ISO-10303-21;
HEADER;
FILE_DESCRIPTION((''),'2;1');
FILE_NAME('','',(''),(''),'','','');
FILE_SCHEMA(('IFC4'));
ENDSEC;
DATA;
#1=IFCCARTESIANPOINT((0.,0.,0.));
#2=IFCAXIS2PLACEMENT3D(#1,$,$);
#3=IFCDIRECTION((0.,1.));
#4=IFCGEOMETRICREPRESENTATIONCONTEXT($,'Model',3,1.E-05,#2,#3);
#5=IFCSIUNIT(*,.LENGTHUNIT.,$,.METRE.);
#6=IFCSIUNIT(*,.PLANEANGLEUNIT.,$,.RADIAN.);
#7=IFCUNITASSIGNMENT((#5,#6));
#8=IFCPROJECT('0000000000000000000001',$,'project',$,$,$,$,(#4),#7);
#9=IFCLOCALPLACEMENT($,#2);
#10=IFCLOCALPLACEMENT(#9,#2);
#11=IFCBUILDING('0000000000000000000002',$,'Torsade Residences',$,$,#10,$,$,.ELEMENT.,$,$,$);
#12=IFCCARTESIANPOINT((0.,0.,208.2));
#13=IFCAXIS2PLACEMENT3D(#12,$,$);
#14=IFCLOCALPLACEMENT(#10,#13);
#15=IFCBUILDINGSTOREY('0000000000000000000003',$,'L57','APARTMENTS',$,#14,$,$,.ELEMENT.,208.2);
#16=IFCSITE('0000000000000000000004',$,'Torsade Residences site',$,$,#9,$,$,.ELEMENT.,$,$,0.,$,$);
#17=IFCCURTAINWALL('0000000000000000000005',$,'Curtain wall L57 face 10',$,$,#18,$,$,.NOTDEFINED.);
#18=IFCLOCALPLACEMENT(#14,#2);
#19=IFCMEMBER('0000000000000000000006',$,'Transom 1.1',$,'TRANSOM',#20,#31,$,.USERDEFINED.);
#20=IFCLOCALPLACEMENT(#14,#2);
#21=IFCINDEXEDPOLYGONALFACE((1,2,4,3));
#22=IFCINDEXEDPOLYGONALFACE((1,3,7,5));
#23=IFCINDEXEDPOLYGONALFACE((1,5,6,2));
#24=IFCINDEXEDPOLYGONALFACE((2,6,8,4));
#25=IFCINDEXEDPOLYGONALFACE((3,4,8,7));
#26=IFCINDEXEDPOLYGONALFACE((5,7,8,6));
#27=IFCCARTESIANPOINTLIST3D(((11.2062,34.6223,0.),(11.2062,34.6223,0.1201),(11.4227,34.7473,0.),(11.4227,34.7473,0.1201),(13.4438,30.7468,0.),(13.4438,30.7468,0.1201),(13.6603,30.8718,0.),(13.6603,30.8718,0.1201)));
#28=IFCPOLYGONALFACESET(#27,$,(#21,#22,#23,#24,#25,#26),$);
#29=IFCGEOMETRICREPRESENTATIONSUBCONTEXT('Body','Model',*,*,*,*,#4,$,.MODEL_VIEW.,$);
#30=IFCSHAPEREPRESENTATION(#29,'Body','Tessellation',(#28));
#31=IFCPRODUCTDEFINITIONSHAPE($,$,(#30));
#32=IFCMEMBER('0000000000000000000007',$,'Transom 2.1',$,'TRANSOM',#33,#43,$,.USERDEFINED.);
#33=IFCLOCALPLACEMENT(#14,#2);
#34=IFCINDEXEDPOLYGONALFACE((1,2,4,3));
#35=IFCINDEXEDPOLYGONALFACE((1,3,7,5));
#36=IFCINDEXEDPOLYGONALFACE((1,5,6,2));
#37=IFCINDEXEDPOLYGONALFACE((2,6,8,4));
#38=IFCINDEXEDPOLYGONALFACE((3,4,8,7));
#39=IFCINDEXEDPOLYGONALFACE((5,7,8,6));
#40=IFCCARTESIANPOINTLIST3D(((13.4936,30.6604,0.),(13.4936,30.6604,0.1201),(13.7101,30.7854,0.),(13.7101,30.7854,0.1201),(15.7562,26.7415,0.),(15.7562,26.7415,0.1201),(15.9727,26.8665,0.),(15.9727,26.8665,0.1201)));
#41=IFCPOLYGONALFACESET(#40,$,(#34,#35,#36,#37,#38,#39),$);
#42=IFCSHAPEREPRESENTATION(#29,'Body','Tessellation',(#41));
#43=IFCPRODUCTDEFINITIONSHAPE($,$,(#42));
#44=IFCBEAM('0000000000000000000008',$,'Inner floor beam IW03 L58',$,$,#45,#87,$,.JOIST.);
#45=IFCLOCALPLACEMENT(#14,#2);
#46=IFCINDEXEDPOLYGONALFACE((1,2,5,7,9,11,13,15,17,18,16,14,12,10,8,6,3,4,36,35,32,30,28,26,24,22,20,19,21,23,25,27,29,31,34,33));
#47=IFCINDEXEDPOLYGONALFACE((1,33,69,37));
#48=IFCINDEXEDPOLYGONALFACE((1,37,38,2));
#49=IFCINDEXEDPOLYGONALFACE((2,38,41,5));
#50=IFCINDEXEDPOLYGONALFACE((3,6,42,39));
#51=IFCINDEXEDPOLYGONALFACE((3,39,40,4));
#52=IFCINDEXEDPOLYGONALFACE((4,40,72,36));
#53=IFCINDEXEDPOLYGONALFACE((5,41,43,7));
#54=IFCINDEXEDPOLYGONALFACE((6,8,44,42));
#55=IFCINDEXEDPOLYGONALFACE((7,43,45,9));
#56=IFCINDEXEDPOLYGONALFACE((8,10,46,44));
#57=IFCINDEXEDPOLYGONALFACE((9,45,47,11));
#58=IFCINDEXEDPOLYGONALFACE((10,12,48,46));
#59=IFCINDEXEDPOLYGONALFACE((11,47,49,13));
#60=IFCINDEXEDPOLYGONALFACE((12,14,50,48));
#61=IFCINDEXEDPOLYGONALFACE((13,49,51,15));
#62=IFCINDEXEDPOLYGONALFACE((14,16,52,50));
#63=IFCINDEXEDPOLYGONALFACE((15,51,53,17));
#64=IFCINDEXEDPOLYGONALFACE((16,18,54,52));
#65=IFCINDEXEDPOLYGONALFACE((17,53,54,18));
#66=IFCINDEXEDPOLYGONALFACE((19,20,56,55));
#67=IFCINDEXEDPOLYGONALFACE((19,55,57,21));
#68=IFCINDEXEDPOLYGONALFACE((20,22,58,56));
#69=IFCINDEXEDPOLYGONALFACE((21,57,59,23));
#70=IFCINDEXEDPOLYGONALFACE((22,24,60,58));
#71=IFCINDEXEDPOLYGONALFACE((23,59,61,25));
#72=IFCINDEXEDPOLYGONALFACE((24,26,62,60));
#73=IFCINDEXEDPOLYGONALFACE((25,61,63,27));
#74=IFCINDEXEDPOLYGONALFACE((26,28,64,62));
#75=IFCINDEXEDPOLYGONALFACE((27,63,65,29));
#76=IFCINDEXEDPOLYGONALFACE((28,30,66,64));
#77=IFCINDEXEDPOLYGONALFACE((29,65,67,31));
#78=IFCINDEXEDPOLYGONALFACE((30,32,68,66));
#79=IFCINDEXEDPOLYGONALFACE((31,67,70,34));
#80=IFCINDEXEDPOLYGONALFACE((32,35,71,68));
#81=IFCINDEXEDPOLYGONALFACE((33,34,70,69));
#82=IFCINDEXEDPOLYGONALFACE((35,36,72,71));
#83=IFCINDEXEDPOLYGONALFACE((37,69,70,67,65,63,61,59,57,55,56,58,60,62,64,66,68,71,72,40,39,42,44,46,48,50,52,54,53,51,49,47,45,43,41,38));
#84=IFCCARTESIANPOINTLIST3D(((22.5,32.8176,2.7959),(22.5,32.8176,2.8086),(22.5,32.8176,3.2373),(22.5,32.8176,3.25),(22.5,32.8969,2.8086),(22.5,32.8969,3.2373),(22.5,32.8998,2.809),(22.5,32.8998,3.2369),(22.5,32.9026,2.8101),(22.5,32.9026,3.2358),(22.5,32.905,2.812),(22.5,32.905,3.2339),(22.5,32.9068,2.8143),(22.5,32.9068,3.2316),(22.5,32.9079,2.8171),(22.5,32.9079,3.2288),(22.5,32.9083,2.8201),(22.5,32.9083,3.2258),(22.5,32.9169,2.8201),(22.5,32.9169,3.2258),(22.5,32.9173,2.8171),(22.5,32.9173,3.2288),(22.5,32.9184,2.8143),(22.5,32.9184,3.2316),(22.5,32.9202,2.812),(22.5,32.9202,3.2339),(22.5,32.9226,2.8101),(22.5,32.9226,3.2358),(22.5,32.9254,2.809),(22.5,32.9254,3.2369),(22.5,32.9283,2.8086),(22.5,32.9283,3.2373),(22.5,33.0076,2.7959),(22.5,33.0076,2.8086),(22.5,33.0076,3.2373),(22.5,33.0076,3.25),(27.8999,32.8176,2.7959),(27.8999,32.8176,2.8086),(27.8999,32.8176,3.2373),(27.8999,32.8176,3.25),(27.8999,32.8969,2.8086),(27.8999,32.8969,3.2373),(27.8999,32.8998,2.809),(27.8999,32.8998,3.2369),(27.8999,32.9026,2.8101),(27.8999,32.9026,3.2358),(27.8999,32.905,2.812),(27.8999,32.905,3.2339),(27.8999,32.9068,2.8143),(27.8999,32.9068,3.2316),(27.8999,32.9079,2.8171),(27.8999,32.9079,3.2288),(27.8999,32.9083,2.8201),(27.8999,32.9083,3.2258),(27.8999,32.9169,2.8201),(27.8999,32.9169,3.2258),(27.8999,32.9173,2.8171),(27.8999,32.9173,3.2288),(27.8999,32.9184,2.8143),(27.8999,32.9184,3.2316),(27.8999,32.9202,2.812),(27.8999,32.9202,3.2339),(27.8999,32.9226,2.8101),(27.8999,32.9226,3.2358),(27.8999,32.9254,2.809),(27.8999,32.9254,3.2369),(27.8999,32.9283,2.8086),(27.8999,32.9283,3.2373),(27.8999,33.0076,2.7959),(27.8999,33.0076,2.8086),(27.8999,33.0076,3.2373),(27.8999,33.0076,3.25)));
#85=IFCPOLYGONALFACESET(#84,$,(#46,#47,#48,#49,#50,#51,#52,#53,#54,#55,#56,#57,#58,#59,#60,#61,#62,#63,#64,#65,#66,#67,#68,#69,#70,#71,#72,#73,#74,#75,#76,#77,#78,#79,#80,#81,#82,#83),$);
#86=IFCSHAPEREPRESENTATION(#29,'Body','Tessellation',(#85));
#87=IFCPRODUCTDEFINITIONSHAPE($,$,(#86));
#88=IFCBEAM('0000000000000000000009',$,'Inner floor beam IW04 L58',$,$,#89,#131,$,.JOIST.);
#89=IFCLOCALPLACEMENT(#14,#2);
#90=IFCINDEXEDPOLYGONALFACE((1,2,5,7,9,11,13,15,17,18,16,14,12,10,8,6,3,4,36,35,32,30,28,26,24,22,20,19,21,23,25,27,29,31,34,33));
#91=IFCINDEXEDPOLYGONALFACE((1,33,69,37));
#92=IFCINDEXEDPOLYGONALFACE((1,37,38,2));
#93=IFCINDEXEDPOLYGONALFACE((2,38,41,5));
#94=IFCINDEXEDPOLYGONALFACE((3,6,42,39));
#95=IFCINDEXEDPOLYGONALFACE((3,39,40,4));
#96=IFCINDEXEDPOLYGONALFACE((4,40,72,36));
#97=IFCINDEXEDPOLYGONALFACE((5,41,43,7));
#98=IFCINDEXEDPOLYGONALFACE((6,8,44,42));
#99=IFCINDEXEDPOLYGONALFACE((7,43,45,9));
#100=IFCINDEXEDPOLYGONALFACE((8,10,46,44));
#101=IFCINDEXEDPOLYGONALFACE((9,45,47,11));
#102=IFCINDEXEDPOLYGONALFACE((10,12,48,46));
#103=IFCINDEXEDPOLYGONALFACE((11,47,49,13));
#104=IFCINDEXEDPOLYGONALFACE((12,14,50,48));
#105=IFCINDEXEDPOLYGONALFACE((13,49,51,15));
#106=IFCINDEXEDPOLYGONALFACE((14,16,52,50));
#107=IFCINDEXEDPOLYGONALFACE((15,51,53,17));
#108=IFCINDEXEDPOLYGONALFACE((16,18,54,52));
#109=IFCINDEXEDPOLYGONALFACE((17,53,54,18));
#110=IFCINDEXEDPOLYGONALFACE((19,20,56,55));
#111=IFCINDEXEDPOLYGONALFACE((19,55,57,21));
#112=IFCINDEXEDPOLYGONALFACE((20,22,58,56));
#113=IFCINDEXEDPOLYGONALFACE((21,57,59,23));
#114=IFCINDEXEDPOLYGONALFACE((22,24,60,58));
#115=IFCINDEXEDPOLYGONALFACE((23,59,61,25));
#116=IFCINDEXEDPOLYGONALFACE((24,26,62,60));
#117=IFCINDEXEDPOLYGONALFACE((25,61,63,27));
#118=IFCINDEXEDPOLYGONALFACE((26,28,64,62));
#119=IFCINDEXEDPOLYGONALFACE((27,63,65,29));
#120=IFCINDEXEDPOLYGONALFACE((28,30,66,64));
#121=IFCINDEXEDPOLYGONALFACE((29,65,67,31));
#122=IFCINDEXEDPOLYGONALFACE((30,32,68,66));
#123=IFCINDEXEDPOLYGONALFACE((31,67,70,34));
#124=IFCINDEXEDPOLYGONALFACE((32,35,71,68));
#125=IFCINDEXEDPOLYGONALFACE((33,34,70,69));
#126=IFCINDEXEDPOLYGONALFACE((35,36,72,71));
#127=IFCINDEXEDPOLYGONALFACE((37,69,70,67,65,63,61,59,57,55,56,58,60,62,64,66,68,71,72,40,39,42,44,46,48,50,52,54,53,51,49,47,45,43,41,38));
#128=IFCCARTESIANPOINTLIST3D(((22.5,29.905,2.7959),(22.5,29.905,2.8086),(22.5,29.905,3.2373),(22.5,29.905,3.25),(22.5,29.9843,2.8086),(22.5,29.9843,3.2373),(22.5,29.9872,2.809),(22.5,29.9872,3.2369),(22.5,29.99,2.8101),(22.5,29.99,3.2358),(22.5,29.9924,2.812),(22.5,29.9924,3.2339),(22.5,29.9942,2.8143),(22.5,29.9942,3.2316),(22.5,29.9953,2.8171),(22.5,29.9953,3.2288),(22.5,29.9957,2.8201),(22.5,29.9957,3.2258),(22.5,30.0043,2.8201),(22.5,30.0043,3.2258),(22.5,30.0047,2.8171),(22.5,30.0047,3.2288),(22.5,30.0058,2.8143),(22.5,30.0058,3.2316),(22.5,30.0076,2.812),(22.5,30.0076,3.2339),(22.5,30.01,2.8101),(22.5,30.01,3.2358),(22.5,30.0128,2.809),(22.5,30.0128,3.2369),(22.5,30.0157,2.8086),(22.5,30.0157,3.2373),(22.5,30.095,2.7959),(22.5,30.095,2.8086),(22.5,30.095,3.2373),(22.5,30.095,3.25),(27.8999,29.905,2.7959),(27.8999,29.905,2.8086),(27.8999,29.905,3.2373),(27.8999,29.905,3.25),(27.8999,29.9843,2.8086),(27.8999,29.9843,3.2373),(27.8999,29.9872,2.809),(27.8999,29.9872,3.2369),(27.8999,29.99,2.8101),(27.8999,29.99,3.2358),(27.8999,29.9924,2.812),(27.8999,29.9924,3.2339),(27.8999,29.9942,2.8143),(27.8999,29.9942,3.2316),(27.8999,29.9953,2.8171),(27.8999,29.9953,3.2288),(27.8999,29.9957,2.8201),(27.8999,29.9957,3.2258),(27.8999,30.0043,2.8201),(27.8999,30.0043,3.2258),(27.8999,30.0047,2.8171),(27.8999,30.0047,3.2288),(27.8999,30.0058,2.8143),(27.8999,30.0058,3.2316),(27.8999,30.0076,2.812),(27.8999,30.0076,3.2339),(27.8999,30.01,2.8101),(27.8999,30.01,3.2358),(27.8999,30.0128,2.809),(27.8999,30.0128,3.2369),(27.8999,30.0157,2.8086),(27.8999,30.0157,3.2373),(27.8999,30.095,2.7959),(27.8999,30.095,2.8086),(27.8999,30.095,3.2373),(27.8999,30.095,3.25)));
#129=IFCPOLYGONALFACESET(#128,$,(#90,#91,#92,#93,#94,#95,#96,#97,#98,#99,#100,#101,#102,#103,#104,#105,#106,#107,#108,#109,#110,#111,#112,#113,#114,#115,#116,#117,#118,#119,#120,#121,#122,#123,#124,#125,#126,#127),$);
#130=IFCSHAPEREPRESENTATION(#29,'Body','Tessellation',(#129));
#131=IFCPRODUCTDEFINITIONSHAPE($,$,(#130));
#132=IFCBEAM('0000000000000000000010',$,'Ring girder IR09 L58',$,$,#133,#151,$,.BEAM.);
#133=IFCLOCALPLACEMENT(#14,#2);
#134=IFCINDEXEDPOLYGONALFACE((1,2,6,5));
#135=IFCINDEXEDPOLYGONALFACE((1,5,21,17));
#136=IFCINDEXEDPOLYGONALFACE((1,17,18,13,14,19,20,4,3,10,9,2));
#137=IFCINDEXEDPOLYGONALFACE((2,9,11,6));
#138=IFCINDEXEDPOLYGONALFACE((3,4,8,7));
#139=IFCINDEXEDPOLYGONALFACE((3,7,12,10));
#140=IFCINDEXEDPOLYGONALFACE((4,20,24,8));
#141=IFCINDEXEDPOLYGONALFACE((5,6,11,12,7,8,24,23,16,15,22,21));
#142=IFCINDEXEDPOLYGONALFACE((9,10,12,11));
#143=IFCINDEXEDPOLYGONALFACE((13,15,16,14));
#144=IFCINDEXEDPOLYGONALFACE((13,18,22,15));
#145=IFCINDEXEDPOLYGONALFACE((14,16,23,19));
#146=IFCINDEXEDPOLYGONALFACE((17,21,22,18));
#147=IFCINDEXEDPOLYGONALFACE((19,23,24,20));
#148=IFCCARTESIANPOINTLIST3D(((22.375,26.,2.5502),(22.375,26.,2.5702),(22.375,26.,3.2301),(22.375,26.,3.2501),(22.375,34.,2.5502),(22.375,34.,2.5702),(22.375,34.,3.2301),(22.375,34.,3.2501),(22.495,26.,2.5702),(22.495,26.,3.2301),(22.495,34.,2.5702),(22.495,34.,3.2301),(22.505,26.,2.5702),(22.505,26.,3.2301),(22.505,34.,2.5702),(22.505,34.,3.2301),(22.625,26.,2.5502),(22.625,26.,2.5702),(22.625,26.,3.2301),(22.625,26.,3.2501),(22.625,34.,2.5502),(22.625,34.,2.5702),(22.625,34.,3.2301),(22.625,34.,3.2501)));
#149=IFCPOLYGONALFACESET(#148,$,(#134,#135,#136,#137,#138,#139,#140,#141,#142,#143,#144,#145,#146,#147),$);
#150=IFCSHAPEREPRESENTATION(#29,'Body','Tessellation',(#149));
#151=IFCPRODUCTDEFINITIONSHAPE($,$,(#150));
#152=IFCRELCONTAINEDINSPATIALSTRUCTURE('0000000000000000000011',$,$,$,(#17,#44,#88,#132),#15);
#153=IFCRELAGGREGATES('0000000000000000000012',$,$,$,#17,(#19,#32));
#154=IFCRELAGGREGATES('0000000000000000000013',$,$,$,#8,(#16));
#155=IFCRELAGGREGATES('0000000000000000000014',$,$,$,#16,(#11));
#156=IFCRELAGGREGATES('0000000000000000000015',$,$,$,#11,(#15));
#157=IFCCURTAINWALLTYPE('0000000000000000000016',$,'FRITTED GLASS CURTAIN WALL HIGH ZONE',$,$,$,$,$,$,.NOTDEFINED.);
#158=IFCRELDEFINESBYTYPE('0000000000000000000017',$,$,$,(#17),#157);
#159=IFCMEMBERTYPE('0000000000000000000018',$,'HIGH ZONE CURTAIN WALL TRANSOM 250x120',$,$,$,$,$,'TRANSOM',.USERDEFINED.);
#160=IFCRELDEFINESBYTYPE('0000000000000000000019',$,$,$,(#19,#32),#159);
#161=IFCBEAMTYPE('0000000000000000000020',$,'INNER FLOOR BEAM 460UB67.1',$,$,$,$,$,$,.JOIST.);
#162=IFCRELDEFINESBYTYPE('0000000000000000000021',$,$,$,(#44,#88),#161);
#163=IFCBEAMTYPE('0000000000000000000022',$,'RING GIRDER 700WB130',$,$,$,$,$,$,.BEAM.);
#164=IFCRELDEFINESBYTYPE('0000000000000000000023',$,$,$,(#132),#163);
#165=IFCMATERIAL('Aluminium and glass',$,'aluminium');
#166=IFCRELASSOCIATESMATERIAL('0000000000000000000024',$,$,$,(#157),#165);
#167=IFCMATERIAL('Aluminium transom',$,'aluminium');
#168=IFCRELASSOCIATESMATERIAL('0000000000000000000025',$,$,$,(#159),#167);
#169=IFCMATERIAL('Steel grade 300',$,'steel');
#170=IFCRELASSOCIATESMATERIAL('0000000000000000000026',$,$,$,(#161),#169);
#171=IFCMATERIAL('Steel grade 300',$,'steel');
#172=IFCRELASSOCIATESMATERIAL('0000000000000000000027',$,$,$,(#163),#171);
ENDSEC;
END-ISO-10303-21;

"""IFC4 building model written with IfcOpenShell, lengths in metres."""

from ifc_helpers import new_model, si_unit, direction, frame, origin, origin_2d, place, context, subcontext, project, spatial, rectangle, i_section, extrude, material, material_profile, profile_set, type_object, element, aggregate, save


model = new_model("IFC4")

# Units and contexts
model_context = context("Model", 3, precision=1e-05, world=origin(), true_north=direction((0.0, 1.0)))
body_context = subcontext(model_context, "Body", "Model", "MODEL_VIEW")
ifc_project = project(units=[si_unit("LENGTHUNIT", "METRE"), si_unit("PLANEANGLEUNIT", "RADIAN")], contexts=[model_context])

# Site, building, storey
site_placement = place(None, origin())
site = spatial("IfcSite", under=ifc_project, at=site_placement, Name="Torsade Residences site", CompositionType="ELEMENT", RefElevation=0.0)
building_placement = place(site_placement, origin())
building = spatial("IfcBuilding", under=site, at=building_placement, Name="Torsade Residences", CompositionType="ELEMENT")
storey_placement = place(building_placement, frame((0.0, 0.0, 208.2)))
storey = spatial("IfcBuildingStorey", under=building, at=storey_placement, Name="L57", Description="APARTMENTS", CompositionType="ELEMENT", Elevation=208.2)

# Curtain wall, members
ifc_material_1 = material(Name="Aluminium and glass", Category="aluminium")
curtain_wall_type = type_object("IfcCurtainWallType", Name="FRITTED GLASS CURTAIN WALL HIGH ZONE", PredefinedType="NOTDEFINED", material=ifc_material_1)
curtain_wall_placement = place(storey_placement, origin())
curtain_wall = element("IfcCurtainWall", 1, at=curtain_wall_placement, inside=storey, type_object=curtain_wall_type, Name="Curtain wall L57 face 10", PredefinedType="NOTDEFINED")
ifc_material_2 = material(Name="Aluminium transom", Category="aluminium")
ifc_material_profile_1 = material_profile(ifc_material_2, rectangle(XDim=0.25, YDim=0.1201, at=origin_2d()), Name="HIGH ZONE CURTAIN WALL TRANSOM 250x120")
ifc_profile_set_1 = profile_set([ifc_material_profile_1], Name="Aluminium transom")
member_type_1 = type_object("IfcMemberType", Name="HIGH ZONE CURTAIN WALL TRANSOM 250x120", ElementType="TRANSOM", PredefinedType="USERDEFINED", material=ifc_profile_set_1)
member_1_placement = place(storey_placement, frame((11.3145, 34.6848, 0.0601), z_axis=(0.500006, -0.866022, 0.0), x_axis=(0.866022, 0.500006, 0.0)))
member_1 = element("IfcMember", 2, at=member_1_placement, type_object=member_type_1, Name="Transom 1.1", ObjectType="TRANSOM", PredefinedType="USERDEFINED", context=body_context, shape_type="SweptSolid", body=[
    extrude(rectangle(XDim=0.25, YDim=0.1201, at=origin_2d()), origin(), (0.0, 0.0, 1.0), 4.4751),
])
member_2_placement = place(storey_placement, frame((13.6018, 30.7229, 0.0601), z_axis=(0.500015, -0.866017, 0.0), x_axis=(0.866017, 0.500015, 0.0)))
member_2 = element("IfcMember", 3, at=member_2_placement, type_object=member_type_1, Name="Transom 2.1", ObjectType="TRANSOM", PredefinedType="USERDEFINED", context=body_context, shape_type="SweptSolid", body=[
    extrude(rectangle(XDim=0.25, YDim=0.1201, at=origin_2d()), origin(), (0.0, 0.0, 1.0), 4.5251),
])

# Beams
ifc_material_3 = material(Name="Steel grade 300", Category="steel")
ifc_material_profile_2 = material_profile(ifc_material_3, i_section(OverallWidth=0.1899, OverallDepth=0.4541, WebThickness=0.0085, FlangeThickness=0.0127, FilletRadius=0.0115, at=origin_2d()), Name="460UB67.1")
ifc_profile_set_2 = profile_set([ifc_material_profile_2], Name="Steel grade 300")
beam_type_1 = type_object("IfcBeamType", Name="INNER FLOOR BEAM 460UB67.1", PredefinedType="JOIST", material=ifc_profile_set_2)
for number, where, z_axis, x_axis, name in (
    (4, (27.8999, 32.9126, 3.0229), (-1.0, 0.0, 0.0), (0.0, -1.0, 0.0), "Inner floor beam IW03 L58"),
    (5, (27.8999, 30.0, 3.0229), (-1.0, 0.0, 0.0), (0.0, -1.0, 0.0), "Inner floor beam IW04 L58"),
):
    element("IfcBeam", number, at=place(storey_placement, frame(where, z_axis=z_axis, x_axis=x_axis)), inside=storey, type_object=beam_type_1, Name=name, PredefinedType="JOIST", context=body_context, shape_type="SweptSolid", body=[
        extrude(i_section(OverallWidth=0.1899, OverallDepth=0.4541, WebThickness=0.0085, FlangeThickness=0.0127, FilletRadius=0.0115, at=origin_2d()), origin(), (0.0, 0.0, 1.0), 5.3999),
    ])
ifc_material_4 = material(Name="Steel grade 300", Category="steel")
ifc_material_profile_3 = material_profile(ifc_material_4, i_section(OverallWidth=0.25, OverallDepth=0.7, WebThickness=0.01, FlangeThickness=0.02, at=origin_2d()), Name="700WB130")
ifc_profile_set_3 = profile_set([ifc_material_profile_3], Name="Steel grade 300")
beam_type_2 = type_object("IfcBeamType", Name="RING GIRDER 700WB130", PredefinedType="BEAM", material=ifc_profile_set_3)
beam_1_placement = place(storey_placement, frame((22.5, 34.0, 2.9001), z_axis=(0.0, -1.0, 0.0), x_axis=(1.0, 0.0, 0.0)))
element("IfcBeam", 6, at=beam_1_placement, inside=storey, type_object=beam_type_2, Name="Ring girder IR09 L58", PredefinedType="BEAM", context=body_context, shape_type="SweptSolid", body=[
    extrude(i_section(OverallWidth=0.25, OverallDepth=0.7, WebThickness=0.01, FlangeThickness=0.02, at=origin_2d()), origin(), (0.0, 0.0, 1.0), 8.0),
])

aggregate(curtain_wall, [member_1, member_2])

save(model, "model.ifc")
